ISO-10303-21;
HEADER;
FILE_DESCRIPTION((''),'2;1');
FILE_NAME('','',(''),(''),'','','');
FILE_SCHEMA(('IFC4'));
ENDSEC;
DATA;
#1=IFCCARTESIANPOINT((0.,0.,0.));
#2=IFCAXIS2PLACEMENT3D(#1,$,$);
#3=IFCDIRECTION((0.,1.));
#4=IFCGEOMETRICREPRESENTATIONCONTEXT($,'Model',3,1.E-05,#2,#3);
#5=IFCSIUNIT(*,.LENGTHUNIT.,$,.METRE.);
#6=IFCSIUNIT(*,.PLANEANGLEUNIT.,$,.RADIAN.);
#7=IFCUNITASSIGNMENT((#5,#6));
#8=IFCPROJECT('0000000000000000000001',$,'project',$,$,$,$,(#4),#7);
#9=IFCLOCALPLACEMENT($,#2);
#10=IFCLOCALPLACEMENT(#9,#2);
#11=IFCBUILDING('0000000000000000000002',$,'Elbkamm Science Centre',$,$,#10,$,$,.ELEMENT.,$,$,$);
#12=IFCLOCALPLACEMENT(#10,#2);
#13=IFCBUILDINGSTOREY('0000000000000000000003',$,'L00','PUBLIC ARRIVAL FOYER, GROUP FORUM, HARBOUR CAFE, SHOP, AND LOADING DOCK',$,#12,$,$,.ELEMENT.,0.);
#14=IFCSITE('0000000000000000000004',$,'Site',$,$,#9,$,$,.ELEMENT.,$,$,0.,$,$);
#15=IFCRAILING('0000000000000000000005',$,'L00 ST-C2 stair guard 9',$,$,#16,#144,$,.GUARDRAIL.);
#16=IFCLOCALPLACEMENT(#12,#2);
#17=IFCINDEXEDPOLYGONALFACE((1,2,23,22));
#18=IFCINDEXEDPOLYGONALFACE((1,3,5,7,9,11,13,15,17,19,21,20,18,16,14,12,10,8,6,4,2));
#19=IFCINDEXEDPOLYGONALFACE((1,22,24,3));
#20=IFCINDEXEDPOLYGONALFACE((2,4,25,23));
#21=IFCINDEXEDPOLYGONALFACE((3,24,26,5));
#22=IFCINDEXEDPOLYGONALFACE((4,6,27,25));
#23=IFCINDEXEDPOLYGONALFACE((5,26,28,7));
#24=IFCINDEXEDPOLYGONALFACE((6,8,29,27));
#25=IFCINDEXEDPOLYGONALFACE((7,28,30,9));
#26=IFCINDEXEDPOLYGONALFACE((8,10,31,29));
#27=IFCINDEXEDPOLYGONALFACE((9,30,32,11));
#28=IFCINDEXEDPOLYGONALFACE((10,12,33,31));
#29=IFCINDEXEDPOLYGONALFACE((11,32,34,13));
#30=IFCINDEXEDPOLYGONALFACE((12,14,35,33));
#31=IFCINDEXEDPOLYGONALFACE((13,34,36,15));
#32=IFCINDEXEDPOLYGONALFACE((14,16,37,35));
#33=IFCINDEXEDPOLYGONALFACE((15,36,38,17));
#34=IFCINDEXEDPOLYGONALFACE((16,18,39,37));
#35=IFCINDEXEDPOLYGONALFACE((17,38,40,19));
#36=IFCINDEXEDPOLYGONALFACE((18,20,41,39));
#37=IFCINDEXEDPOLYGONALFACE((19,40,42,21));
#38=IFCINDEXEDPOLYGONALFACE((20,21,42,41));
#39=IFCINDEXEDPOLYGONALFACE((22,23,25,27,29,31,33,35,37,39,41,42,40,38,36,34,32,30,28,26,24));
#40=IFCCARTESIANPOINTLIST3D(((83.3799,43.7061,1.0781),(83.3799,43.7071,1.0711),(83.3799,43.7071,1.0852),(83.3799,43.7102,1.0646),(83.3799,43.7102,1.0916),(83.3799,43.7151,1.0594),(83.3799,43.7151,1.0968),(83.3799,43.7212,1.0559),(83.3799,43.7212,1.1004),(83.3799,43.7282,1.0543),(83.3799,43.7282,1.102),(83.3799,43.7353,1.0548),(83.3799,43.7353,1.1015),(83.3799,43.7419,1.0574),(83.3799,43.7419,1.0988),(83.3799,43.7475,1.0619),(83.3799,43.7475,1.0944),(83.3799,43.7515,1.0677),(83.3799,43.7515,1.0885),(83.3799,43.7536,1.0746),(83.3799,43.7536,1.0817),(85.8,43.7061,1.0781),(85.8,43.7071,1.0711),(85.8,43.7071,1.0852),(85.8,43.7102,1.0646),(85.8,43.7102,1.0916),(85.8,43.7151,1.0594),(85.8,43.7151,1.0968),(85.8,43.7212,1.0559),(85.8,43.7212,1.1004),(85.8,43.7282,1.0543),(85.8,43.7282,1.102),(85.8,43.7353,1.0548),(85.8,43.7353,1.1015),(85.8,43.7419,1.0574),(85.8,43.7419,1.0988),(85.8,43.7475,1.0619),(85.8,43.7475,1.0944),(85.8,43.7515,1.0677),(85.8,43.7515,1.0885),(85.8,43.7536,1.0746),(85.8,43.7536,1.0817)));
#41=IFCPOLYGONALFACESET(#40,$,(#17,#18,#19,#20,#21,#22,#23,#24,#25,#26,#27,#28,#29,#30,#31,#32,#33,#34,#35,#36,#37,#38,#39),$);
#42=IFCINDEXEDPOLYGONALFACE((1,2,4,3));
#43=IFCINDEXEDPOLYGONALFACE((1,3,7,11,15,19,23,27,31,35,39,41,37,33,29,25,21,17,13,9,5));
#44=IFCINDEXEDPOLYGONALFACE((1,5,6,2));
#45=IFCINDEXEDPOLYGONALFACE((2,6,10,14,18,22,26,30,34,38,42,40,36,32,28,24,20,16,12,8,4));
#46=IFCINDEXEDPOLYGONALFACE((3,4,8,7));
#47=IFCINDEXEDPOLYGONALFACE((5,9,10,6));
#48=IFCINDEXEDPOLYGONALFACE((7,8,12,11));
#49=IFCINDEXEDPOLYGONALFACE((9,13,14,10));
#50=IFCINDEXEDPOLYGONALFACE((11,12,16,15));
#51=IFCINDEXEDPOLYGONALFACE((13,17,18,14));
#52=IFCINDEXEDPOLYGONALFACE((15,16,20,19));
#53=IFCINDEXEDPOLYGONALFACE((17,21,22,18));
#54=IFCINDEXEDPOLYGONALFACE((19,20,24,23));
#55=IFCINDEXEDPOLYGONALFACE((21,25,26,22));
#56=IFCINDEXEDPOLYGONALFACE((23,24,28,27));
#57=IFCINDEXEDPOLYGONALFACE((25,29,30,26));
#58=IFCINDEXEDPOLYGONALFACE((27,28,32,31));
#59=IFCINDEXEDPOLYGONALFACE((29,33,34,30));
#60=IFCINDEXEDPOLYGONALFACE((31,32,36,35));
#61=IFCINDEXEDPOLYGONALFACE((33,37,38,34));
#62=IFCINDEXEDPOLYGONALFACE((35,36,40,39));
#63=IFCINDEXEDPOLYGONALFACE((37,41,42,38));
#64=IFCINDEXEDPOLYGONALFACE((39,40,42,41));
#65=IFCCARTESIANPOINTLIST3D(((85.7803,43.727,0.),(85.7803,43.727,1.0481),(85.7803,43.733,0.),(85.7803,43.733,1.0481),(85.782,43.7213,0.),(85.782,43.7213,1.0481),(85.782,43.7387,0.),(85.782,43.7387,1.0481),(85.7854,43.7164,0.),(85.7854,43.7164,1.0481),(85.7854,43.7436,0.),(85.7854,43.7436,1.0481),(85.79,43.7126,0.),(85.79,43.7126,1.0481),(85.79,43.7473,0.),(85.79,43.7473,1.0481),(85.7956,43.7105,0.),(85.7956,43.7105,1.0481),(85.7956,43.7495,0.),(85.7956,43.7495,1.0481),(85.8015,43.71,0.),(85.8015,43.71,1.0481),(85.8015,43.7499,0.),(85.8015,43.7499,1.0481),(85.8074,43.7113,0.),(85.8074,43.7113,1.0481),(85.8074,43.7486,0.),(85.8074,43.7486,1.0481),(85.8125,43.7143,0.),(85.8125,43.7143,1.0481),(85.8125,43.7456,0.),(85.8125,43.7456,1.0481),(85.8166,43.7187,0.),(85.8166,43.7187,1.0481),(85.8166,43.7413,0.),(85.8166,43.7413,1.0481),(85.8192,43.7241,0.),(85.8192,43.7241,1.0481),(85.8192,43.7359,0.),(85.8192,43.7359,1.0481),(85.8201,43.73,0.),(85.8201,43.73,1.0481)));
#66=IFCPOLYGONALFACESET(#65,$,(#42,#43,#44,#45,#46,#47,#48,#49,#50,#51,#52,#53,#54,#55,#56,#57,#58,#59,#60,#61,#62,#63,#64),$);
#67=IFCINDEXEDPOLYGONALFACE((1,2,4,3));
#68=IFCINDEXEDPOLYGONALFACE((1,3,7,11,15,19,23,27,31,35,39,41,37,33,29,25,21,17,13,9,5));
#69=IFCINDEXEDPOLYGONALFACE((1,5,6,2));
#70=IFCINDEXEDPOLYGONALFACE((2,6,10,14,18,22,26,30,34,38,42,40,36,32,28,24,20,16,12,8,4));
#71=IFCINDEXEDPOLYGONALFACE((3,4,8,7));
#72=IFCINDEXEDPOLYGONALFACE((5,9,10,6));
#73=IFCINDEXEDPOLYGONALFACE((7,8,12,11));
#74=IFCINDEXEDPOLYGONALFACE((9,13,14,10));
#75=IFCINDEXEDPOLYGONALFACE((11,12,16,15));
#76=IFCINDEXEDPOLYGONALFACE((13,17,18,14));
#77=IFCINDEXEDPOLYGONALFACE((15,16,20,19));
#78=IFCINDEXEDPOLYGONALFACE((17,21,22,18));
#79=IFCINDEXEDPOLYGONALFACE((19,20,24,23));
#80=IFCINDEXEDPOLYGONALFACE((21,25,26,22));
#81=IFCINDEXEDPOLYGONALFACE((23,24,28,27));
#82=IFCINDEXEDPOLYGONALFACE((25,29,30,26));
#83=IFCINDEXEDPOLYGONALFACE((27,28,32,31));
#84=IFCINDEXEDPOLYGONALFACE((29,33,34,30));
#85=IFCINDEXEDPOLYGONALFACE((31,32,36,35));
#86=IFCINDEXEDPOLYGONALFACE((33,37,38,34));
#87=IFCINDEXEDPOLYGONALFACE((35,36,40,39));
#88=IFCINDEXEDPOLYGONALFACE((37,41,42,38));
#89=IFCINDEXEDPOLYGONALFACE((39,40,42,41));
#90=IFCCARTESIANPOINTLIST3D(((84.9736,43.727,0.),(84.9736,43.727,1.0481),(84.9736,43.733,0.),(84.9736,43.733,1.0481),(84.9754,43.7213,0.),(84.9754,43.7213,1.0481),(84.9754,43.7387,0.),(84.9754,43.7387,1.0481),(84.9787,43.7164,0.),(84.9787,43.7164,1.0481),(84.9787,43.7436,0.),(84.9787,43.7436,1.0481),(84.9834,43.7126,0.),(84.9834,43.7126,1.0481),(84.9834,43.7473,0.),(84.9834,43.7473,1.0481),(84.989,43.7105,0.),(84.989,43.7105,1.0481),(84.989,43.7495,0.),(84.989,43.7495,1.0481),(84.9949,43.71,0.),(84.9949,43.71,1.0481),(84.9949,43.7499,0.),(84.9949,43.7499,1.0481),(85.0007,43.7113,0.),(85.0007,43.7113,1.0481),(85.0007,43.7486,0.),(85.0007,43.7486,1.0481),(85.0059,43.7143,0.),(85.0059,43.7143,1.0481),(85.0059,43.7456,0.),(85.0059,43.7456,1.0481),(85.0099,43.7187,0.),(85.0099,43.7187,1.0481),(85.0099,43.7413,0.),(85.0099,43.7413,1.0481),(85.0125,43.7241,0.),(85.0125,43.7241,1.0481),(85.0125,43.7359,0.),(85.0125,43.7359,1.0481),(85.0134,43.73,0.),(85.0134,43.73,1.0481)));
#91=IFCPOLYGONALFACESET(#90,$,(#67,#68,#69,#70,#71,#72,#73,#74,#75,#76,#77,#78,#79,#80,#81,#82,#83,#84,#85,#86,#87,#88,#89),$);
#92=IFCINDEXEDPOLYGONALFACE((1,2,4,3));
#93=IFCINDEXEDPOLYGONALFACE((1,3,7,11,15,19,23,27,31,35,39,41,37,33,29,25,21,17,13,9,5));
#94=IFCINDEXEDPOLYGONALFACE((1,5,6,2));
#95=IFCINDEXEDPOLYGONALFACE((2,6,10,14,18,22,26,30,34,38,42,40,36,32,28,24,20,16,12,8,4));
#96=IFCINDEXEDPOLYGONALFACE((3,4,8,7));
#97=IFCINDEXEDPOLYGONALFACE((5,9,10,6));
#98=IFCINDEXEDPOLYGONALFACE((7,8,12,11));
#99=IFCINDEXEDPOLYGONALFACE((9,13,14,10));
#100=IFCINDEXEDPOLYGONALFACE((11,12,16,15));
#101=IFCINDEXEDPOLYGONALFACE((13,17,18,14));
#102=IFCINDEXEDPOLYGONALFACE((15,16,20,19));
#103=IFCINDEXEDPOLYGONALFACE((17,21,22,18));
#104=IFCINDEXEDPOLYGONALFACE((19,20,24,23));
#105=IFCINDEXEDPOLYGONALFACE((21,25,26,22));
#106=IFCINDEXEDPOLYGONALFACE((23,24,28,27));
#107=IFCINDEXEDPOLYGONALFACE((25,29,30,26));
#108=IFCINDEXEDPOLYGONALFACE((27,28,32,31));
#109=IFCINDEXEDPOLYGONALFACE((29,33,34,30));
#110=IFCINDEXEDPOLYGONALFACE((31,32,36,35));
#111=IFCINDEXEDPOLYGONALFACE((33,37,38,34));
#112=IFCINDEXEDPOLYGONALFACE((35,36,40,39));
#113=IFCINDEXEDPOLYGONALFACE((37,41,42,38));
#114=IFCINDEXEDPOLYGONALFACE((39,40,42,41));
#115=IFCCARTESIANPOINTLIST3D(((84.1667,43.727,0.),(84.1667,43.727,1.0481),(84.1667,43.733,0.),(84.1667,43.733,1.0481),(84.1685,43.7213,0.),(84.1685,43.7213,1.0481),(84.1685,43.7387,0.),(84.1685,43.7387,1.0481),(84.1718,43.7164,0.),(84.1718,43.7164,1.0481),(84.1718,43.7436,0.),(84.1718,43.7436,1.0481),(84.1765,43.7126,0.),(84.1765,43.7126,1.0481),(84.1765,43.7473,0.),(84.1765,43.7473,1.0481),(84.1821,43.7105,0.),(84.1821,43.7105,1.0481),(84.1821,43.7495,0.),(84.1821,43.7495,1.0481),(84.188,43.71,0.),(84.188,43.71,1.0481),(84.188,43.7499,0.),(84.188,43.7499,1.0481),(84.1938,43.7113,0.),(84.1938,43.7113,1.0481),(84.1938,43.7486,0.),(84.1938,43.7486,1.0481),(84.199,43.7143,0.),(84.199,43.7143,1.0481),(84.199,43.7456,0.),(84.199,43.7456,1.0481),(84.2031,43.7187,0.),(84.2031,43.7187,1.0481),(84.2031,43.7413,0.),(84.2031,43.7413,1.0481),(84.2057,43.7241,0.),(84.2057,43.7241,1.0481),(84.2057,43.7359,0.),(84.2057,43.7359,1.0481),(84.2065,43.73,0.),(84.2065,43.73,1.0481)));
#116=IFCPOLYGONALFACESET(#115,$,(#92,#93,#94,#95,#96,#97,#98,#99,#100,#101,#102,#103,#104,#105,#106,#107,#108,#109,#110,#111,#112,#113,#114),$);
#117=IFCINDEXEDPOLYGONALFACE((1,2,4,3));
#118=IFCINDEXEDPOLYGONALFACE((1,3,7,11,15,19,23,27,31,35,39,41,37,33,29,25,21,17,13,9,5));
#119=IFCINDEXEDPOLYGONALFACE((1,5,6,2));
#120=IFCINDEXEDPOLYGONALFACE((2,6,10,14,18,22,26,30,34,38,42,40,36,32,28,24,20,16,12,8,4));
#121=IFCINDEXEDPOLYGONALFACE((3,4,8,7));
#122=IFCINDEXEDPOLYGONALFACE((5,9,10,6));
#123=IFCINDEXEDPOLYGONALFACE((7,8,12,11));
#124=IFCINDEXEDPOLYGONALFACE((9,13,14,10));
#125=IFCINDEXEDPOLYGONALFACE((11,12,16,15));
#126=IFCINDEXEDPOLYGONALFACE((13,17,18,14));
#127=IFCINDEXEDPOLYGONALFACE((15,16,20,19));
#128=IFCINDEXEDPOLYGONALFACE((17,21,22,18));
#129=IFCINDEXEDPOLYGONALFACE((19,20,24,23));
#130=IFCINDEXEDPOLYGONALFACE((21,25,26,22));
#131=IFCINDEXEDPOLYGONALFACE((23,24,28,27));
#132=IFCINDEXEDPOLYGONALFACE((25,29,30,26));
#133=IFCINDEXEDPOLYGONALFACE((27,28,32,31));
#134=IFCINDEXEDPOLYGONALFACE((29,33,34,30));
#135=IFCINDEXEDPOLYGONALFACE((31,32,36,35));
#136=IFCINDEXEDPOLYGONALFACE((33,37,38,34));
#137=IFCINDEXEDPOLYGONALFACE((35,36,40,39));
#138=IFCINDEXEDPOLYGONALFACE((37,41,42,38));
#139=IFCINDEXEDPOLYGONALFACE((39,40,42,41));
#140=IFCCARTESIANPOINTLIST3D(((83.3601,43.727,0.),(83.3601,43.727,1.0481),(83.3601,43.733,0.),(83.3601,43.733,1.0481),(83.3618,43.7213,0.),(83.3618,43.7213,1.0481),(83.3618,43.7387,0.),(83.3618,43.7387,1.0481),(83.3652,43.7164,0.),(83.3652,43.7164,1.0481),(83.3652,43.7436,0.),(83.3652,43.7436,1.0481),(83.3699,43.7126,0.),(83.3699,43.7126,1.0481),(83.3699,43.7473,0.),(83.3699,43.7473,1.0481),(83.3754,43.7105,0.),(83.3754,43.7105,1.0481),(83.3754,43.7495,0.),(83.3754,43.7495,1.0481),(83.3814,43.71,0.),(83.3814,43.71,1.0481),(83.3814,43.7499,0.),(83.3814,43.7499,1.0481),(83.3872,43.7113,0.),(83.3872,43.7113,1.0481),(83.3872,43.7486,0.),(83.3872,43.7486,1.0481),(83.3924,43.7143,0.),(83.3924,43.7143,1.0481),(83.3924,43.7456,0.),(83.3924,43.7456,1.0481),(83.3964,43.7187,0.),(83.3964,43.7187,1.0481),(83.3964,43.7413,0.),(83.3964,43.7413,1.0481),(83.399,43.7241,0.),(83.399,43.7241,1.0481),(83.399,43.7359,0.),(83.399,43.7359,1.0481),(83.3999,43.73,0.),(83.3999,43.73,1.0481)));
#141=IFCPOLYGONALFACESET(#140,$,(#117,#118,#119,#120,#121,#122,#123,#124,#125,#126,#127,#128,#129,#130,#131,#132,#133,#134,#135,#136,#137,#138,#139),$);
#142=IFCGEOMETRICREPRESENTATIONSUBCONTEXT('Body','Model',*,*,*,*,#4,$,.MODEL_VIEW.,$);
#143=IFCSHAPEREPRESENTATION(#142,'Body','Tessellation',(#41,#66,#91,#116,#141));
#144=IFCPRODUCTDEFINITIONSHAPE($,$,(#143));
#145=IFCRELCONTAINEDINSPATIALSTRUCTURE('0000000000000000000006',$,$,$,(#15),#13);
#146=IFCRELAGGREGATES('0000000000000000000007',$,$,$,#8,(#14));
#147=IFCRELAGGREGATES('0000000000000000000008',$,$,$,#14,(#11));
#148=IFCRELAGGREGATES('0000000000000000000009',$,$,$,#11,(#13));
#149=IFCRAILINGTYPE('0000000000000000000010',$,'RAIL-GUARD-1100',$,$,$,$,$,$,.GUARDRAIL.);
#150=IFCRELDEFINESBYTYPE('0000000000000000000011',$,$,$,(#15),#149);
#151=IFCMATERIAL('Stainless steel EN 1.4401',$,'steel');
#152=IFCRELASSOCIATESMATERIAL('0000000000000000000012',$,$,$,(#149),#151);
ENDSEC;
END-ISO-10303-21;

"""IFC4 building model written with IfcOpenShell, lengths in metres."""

from ifc_helpers import new_model, si_unit, direction, frame, origin, origin_2d, place, context, subcontext, project, spatial, circle, extrude, material, type_object, element, save


model = new_model("IFC4")

# Units and contexts
model_context = context("Model", 3, precision=1e-05, world=origin(), true_north=direction((0.0, 1.0)))
body_context = subcontext(model_context, "Body", "Model", "MODEL_VIEW")
ifc_project = project(units=[si_unit("LENGTHUNIT", "METRE"), si_unit("PLANEANGLEUNIT", "RADIAN")], contexts=[model_context])

# Site, building, storey
site_placement = place(None, origin())
site = spatial("IfcSite", under=ifc_project, at=site_placement, Name="Site", CompositionType="ELEMENT", RefElevation=0.0)
building_placement = place(site_placement, origin())
building = spatial("IfcBuilding", under=site, at=building_placement, Name="Elbkamm Science Centre", CompositionType="ELEMENT")
storey_placement = place(building_placement, origin())
storey = spatial("IfcBuildingStorey", under=building, at=storey_placement, Name="L00", Description="PUBLIC ARRIVAL FOYER, GROUP FORUM, HARBOUR CAFE, SHOP, AND LOADING DOCK", CompositionType="ELEMENT", Elevation=0.0)

# Railing
ifc_material_1 = material(Name="Stainless steel EN 1.4401", Category="steel")
railing_type_1 = type_object("IfcRailingType", Name="RAIL-GUARD-1100", PredefinedType="GUARDRAIL", material=ifc_material_1)
for number, where, name in (
    (1, (85.8, 43.73, 0.0), "L00 ST-C2 stair guard 9"),
):
    element("IfcRailing", number, at=place(storey_placement, frame(where)), inside=storey, type_object=railing_type_1, Name=name, PredefinedType="GUARDRAIL", context=body_context, shape_type="SweptSolid", body=[
        extrude(circle(Radius=0.0239, at=origin_2d()), frame((0.0, 0.0, 1.0781), z_axis=(-1.0, 0.0, 0.0), x_axis=(0.0, -1.0, 0.0)), (0.0, 0.0, 1.0), 2.4202),
        extrude(circle(Radius=0.02, at=origin_2d()), origin(), (0.0, 0.0, 1.0), 1.0481),
        extrude(circle(Radius=0.02, at=origin_2d()), frame((-0.8066, 0.0, 0.0)), (0.0, 0.0, 1.0), 1.0481),
        extrude(circle(Radius=0.02, at=origin_2d()), frame((-1.6135, 0.0, 0.0)), (0.0, 0.0, 1.0), 1.0481),
        extrude(circle(Radius=0.02, at=origin_2d()), frame((-2.4202, 0.0, 0.0)), (0.0, 0.0, 1.0), 1.0481),
    ])

save(model, "model.ifc")
